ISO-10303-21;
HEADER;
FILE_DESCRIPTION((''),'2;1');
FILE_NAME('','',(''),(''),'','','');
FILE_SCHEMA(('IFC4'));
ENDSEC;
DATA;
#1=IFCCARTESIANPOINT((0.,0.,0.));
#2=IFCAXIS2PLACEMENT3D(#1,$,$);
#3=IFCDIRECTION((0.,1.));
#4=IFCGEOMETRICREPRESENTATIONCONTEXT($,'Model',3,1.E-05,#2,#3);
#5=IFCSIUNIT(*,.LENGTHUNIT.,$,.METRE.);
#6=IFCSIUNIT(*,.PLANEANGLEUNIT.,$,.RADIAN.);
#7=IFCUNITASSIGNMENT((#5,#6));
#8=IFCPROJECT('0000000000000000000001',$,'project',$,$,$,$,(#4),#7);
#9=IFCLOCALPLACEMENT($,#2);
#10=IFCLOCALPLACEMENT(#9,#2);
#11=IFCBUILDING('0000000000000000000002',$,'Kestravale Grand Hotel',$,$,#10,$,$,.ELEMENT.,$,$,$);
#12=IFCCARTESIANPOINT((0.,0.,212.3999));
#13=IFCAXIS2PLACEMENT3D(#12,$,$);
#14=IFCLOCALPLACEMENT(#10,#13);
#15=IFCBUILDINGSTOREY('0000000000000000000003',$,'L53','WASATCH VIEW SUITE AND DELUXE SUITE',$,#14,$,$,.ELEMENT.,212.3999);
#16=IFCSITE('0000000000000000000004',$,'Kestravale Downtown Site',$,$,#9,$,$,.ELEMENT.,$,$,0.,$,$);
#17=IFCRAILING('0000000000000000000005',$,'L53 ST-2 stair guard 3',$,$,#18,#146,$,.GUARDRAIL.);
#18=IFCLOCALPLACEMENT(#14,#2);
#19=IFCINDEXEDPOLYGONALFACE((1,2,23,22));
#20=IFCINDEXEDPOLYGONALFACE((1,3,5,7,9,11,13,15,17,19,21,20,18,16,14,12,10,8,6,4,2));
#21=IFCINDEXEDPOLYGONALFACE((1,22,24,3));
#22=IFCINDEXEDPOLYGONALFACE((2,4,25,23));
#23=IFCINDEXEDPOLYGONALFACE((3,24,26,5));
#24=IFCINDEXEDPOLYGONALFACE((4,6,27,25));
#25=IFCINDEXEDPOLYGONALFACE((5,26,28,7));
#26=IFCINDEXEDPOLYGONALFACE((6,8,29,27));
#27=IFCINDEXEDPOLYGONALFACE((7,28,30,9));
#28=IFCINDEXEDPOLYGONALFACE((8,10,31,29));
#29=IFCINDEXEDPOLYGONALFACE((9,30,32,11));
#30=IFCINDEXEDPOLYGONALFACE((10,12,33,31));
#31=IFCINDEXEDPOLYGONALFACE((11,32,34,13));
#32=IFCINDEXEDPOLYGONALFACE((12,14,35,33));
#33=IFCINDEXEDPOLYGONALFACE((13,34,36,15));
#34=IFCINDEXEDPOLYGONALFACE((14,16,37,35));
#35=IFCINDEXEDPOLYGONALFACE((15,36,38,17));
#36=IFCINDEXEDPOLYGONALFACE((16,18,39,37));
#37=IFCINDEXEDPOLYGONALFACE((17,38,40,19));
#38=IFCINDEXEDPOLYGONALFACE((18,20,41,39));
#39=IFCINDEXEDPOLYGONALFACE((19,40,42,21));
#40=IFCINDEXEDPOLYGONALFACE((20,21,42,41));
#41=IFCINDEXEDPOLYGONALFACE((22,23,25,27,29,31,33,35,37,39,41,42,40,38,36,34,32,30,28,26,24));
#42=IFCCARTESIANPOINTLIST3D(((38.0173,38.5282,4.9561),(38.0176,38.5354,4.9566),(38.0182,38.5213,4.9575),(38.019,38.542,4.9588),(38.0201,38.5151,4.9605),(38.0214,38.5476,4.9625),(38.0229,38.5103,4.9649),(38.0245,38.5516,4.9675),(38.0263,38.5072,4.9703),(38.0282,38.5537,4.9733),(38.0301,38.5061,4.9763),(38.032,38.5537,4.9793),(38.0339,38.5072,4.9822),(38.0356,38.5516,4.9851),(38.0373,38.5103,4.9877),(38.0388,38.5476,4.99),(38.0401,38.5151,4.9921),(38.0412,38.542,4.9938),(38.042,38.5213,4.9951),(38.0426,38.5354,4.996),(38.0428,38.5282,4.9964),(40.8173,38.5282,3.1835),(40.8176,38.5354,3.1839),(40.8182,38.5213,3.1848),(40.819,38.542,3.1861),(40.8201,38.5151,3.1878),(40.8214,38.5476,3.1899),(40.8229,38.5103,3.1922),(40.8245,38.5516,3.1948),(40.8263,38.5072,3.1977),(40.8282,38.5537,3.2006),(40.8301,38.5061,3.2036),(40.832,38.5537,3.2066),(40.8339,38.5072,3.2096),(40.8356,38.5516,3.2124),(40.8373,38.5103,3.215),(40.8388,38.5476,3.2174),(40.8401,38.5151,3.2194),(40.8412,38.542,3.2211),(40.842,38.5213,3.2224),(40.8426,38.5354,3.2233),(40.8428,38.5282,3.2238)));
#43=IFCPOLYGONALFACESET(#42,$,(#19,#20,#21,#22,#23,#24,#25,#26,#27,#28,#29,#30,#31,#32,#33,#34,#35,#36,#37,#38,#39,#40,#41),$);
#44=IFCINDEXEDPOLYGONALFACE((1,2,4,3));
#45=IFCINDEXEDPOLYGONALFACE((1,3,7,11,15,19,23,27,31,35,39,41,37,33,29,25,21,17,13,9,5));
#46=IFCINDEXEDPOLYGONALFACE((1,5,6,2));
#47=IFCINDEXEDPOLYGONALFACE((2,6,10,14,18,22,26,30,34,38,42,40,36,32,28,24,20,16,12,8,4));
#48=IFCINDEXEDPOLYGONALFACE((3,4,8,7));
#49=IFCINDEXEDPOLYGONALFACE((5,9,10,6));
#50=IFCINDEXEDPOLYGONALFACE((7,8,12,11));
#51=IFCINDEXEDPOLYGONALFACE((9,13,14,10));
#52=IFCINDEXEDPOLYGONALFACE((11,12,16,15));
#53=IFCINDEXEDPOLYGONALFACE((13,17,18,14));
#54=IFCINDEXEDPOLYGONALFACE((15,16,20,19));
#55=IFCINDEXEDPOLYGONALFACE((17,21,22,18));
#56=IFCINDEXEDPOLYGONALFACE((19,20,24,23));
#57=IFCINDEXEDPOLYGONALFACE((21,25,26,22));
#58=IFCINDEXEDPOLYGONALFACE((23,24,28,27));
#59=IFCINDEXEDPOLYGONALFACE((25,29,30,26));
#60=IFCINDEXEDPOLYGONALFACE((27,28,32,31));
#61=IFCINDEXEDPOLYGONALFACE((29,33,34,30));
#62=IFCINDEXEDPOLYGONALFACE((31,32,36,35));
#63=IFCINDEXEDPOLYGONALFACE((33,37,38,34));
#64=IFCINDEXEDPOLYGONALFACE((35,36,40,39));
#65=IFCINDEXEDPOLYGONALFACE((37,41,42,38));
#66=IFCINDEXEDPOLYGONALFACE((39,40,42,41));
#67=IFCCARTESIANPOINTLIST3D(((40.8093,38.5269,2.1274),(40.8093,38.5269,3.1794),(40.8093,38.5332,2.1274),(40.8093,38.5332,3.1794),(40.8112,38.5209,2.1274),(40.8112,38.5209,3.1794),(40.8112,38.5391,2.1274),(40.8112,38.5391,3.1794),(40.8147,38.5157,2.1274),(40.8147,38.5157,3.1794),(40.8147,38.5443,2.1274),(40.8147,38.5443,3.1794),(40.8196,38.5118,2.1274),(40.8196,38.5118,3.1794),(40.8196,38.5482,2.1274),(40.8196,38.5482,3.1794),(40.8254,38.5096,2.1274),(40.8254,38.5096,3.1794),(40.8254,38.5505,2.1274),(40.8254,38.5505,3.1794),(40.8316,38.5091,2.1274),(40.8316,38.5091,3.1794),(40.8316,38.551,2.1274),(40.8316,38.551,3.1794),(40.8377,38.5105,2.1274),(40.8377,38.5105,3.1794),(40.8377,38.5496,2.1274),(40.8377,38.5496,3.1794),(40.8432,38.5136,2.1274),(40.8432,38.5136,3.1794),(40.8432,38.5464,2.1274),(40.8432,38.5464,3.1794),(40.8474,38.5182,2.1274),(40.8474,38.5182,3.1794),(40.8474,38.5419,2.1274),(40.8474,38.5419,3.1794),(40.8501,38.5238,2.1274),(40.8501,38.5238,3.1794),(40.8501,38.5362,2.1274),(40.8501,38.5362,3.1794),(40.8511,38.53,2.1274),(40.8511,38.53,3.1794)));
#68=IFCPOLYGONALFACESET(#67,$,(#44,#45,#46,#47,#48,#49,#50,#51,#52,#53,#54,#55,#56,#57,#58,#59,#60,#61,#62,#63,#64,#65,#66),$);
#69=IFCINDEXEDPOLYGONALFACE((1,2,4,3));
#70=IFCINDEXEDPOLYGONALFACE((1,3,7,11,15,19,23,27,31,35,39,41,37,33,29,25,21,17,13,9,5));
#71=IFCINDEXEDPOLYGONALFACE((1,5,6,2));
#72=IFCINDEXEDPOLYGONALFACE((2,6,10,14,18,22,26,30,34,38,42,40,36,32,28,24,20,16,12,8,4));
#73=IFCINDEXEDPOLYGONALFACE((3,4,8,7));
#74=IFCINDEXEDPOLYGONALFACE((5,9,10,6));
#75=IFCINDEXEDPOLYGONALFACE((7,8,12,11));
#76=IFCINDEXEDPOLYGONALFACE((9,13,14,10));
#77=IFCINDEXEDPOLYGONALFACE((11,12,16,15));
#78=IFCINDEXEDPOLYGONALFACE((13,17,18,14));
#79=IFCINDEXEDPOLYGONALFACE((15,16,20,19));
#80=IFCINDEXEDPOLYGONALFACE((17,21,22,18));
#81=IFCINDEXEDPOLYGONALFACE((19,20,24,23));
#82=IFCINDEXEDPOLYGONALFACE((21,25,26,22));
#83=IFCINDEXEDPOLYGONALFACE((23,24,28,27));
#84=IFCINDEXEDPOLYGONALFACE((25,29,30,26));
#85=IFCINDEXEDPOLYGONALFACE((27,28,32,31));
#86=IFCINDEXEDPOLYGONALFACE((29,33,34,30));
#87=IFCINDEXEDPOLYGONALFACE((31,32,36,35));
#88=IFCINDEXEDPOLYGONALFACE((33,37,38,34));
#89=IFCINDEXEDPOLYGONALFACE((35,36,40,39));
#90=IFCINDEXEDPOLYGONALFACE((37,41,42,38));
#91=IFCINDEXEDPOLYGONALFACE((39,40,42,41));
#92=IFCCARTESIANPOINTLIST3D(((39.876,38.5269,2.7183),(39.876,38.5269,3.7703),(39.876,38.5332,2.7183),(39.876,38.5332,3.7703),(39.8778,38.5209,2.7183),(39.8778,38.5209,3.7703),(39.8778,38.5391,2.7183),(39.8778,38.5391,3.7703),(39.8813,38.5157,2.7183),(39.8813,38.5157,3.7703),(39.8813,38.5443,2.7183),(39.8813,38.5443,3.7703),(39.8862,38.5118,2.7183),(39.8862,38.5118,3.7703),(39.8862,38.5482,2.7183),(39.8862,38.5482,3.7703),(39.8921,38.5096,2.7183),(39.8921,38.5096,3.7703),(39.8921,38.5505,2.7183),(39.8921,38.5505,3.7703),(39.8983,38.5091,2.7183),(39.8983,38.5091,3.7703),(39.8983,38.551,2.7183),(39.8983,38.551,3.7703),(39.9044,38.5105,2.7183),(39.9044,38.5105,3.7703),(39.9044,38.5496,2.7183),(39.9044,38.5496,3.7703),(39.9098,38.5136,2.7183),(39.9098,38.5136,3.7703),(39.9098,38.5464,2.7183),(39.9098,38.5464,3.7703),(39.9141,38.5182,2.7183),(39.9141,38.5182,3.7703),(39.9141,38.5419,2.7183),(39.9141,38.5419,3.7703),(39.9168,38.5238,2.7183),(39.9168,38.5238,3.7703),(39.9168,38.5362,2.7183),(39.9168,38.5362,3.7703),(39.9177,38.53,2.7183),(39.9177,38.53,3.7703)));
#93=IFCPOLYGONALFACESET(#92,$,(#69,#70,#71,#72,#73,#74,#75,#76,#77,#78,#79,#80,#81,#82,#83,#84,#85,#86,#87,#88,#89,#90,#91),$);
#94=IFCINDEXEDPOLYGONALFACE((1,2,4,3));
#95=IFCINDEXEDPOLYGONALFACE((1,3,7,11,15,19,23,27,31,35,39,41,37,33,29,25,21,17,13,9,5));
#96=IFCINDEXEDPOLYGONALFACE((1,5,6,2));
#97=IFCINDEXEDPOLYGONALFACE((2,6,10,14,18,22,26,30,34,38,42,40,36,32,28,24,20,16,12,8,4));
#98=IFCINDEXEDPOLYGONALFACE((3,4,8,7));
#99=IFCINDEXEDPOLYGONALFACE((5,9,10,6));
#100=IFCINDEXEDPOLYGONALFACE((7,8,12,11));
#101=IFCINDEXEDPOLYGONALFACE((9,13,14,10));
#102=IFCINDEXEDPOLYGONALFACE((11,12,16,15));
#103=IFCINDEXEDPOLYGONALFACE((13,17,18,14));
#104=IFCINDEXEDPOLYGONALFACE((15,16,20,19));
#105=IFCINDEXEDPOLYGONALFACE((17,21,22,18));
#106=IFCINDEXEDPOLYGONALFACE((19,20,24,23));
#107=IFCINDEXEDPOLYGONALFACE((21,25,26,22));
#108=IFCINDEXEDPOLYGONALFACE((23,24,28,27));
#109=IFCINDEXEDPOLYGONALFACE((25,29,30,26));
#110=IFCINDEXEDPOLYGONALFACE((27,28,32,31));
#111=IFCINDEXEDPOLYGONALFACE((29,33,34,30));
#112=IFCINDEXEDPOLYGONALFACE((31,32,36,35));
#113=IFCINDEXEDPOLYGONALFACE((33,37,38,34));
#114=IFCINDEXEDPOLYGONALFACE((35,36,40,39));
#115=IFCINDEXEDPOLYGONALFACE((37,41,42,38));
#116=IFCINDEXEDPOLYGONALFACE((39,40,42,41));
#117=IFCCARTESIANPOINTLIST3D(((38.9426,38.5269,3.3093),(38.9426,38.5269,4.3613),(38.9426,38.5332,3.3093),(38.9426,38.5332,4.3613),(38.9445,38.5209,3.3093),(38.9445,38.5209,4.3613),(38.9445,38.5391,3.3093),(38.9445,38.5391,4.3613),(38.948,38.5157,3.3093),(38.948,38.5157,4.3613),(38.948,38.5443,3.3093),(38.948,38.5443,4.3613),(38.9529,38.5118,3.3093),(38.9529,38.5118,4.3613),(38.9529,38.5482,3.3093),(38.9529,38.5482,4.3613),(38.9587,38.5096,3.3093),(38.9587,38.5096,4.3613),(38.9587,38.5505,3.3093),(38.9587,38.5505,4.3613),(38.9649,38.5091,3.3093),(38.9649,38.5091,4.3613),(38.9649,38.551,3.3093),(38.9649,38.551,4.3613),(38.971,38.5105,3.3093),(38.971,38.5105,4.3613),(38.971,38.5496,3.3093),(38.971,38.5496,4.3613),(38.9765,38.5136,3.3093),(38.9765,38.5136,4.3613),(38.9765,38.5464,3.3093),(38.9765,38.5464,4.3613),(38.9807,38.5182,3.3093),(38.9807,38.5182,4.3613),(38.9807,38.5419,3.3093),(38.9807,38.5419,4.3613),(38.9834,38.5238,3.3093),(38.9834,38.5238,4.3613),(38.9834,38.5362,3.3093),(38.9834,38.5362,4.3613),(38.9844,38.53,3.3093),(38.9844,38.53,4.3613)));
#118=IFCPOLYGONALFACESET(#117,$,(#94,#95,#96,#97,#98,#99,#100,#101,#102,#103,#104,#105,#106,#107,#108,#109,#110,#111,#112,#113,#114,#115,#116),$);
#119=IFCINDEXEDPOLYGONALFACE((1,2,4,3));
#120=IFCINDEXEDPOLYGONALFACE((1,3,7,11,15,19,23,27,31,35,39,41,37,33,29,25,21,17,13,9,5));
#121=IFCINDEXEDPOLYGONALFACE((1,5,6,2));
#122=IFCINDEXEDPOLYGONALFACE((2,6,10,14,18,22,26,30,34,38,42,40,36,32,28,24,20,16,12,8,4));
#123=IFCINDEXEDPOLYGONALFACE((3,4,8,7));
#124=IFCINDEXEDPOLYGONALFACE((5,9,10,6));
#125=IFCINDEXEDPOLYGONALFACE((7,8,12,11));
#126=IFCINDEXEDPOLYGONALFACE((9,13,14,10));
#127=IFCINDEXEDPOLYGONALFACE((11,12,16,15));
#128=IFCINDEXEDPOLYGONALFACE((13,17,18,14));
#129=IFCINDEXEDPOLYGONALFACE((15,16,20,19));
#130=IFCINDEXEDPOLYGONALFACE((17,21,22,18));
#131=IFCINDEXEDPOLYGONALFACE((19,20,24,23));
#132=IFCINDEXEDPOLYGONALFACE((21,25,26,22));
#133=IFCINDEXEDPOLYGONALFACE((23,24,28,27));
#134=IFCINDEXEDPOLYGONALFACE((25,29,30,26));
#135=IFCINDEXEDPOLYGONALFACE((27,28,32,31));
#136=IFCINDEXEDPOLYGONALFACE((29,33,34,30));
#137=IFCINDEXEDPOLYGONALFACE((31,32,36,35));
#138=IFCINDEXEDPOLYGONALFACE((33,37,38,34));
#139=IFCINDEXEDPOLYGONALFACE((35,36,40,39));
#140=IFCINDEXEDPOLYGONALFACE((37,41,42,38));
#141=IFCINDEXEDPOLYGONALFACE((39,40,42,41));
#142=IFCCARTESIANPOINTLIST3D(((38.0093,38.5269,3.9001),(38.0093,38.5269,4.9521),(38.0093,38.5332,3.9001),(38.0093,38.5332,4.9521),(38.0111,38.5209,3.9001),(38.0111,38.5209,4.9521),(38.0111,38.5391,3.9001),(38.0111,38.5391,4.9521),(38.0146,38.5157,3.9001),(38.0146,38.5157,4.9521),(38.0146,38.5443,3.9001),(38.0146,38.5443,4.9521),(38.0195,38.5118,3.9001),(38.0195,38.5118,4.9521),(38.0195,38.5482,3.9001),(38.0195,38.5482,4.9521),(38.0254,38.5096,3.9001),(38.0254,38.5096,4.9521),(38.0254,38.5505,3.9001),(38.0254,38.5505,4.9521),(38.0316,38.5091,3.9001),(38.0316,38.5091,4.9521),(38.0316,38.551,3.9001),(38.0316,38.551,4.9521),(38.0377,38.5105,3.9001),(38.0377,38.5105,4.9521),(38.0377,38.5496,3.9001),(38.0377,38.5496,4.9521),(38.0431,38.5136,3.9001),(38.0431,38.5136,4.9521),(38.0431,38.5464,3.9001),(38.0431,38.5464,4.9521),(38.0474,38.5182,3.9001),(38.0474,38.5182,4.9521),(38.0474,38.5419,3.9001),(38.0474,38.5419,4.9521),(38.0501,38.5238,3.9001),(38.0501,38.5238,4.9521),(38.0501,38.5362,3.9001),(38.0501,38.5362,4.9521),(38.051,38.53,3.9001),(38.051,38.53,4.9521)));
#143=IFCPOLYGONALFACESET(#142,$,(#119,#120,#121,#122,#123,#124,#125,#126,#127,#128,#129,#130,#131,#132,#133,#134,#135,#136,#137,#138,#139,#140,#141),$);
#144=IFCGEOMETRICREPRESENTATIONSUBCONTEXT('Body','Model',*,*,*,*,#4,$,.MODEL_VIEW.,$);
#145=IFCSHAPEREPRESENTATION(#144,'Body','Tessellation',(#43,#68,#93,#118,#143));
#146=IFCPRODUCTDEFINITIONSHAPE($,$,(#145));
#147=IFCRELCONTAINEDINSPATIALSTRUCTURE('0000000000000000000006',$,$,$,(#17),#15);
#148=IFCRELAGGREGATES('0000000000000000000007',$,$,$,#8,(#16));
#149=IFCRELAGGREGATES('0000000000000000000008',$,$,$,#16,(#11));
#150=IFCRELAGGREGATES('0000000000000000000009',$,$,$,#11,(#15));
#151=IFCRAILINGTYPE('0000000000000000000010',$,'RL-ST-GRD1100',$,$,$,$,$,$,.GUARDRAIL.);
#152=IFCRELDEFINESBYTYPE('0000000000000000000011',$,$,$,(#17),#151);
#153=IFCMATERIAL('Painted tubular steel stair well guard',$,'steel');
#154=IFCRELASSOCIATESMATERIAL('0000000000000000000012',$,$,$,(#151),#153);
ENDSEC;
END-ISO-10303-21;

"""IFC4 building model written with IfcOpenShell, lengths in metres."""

from ifc_helpers import new_model, si_unit, direction, frame, origin, origin_2d, place, context, subcontext, project, spatial, circle, extrude, material, type_object, element, save


model = new_model("IFC4")

# Units and contexts
model_context = context("Model", 3, precision=1e-05, world=origin(), true_north=direction((0.0, 1.0)))
body_context = subcontext(model_context, "Body", "Model", "MODEL_VIEW")
ifc_project = project(units=[si_unit("LENGTHUNIT", "METRE"), si_unit("PLANEANGLEUNIT", "RADIAN")], contexts=[model_context])

# Site, building, storey
site_placement = place(None, origin())
site = spatial("IfcSite", under=ifc_project, at=site_placement, Name="Kestravale Downtown Site", CompositionType="ELEMENT", RefElevation=0.0)
building_placement = place(site_placement, origin())
building = spatial("IfcBuilding", under=site, at=building_placement, Name="Kestravale Grand Hotel", CompositionType="ELEMENT")
storey_placement = place(building_placement, frame((0.0, 0.0, 212.3999)))
storey = spatial("IfcBuildingStorey", under=building, at=storey_placement, Name="L53", Description="WASATCH VIEW SUITE AND DELUXE SUITE", CompositionType="ELEMENT", Elevation=212.3999)

# Railing
ifc_material_1 = material(Name="Painted tubular steel stair well guard", Category="steel")
railing_type_1 = type_object("IfcRailingType", Name="RL-ST-GRD1100", PredefinedType="GUARDRAIL", material=ifc_material_1)
railing_1_placement = place(storey_placement, frame((40.8301, 38.53, 2.1274)))
element("IfcRailing", 1, at=railing_1_placement, inside=storey, type_object=railing_type_1, Name="L53 ST-2 stair guard 3", PredefinedType="GUARDRAIL", context=body_context, shape_type="SweptSolid", body=[
    extrude(circle(Radius=0.0239, at=origin_2d()), frame((0.0, 0.0, 1.0762), z_axis=(-0.844909, 0.0, 0.53491), x_axis=(0.0, -1.0, 0.0)), (0.0, 0.0, 1.0), 3.314),
    extrude(circle(Radius=0.021, at=origin_2d()), origin(), (0.0, 0.0, 1.0), 1.052),
    extrude(circle(Radius=0.021, at=origin_2d()), frame((-0.9333, 0.0, 0.5908)), (0.0, 0.0, 1.0), 1.052),
    extrude(circle(Radius=0.021, at=origin_2d()), frame((-1.8667, 0.0, 1.1819)), (0.0, 0.0, 1.0), 1.052),
    extrude(circle(Radius=0.021, at=origin_2d()), frame((-2.8, 0.0, 1.7727)), (0.0, 0.0, 1.0), 1.052),
])

save(model, "model.ifc")
